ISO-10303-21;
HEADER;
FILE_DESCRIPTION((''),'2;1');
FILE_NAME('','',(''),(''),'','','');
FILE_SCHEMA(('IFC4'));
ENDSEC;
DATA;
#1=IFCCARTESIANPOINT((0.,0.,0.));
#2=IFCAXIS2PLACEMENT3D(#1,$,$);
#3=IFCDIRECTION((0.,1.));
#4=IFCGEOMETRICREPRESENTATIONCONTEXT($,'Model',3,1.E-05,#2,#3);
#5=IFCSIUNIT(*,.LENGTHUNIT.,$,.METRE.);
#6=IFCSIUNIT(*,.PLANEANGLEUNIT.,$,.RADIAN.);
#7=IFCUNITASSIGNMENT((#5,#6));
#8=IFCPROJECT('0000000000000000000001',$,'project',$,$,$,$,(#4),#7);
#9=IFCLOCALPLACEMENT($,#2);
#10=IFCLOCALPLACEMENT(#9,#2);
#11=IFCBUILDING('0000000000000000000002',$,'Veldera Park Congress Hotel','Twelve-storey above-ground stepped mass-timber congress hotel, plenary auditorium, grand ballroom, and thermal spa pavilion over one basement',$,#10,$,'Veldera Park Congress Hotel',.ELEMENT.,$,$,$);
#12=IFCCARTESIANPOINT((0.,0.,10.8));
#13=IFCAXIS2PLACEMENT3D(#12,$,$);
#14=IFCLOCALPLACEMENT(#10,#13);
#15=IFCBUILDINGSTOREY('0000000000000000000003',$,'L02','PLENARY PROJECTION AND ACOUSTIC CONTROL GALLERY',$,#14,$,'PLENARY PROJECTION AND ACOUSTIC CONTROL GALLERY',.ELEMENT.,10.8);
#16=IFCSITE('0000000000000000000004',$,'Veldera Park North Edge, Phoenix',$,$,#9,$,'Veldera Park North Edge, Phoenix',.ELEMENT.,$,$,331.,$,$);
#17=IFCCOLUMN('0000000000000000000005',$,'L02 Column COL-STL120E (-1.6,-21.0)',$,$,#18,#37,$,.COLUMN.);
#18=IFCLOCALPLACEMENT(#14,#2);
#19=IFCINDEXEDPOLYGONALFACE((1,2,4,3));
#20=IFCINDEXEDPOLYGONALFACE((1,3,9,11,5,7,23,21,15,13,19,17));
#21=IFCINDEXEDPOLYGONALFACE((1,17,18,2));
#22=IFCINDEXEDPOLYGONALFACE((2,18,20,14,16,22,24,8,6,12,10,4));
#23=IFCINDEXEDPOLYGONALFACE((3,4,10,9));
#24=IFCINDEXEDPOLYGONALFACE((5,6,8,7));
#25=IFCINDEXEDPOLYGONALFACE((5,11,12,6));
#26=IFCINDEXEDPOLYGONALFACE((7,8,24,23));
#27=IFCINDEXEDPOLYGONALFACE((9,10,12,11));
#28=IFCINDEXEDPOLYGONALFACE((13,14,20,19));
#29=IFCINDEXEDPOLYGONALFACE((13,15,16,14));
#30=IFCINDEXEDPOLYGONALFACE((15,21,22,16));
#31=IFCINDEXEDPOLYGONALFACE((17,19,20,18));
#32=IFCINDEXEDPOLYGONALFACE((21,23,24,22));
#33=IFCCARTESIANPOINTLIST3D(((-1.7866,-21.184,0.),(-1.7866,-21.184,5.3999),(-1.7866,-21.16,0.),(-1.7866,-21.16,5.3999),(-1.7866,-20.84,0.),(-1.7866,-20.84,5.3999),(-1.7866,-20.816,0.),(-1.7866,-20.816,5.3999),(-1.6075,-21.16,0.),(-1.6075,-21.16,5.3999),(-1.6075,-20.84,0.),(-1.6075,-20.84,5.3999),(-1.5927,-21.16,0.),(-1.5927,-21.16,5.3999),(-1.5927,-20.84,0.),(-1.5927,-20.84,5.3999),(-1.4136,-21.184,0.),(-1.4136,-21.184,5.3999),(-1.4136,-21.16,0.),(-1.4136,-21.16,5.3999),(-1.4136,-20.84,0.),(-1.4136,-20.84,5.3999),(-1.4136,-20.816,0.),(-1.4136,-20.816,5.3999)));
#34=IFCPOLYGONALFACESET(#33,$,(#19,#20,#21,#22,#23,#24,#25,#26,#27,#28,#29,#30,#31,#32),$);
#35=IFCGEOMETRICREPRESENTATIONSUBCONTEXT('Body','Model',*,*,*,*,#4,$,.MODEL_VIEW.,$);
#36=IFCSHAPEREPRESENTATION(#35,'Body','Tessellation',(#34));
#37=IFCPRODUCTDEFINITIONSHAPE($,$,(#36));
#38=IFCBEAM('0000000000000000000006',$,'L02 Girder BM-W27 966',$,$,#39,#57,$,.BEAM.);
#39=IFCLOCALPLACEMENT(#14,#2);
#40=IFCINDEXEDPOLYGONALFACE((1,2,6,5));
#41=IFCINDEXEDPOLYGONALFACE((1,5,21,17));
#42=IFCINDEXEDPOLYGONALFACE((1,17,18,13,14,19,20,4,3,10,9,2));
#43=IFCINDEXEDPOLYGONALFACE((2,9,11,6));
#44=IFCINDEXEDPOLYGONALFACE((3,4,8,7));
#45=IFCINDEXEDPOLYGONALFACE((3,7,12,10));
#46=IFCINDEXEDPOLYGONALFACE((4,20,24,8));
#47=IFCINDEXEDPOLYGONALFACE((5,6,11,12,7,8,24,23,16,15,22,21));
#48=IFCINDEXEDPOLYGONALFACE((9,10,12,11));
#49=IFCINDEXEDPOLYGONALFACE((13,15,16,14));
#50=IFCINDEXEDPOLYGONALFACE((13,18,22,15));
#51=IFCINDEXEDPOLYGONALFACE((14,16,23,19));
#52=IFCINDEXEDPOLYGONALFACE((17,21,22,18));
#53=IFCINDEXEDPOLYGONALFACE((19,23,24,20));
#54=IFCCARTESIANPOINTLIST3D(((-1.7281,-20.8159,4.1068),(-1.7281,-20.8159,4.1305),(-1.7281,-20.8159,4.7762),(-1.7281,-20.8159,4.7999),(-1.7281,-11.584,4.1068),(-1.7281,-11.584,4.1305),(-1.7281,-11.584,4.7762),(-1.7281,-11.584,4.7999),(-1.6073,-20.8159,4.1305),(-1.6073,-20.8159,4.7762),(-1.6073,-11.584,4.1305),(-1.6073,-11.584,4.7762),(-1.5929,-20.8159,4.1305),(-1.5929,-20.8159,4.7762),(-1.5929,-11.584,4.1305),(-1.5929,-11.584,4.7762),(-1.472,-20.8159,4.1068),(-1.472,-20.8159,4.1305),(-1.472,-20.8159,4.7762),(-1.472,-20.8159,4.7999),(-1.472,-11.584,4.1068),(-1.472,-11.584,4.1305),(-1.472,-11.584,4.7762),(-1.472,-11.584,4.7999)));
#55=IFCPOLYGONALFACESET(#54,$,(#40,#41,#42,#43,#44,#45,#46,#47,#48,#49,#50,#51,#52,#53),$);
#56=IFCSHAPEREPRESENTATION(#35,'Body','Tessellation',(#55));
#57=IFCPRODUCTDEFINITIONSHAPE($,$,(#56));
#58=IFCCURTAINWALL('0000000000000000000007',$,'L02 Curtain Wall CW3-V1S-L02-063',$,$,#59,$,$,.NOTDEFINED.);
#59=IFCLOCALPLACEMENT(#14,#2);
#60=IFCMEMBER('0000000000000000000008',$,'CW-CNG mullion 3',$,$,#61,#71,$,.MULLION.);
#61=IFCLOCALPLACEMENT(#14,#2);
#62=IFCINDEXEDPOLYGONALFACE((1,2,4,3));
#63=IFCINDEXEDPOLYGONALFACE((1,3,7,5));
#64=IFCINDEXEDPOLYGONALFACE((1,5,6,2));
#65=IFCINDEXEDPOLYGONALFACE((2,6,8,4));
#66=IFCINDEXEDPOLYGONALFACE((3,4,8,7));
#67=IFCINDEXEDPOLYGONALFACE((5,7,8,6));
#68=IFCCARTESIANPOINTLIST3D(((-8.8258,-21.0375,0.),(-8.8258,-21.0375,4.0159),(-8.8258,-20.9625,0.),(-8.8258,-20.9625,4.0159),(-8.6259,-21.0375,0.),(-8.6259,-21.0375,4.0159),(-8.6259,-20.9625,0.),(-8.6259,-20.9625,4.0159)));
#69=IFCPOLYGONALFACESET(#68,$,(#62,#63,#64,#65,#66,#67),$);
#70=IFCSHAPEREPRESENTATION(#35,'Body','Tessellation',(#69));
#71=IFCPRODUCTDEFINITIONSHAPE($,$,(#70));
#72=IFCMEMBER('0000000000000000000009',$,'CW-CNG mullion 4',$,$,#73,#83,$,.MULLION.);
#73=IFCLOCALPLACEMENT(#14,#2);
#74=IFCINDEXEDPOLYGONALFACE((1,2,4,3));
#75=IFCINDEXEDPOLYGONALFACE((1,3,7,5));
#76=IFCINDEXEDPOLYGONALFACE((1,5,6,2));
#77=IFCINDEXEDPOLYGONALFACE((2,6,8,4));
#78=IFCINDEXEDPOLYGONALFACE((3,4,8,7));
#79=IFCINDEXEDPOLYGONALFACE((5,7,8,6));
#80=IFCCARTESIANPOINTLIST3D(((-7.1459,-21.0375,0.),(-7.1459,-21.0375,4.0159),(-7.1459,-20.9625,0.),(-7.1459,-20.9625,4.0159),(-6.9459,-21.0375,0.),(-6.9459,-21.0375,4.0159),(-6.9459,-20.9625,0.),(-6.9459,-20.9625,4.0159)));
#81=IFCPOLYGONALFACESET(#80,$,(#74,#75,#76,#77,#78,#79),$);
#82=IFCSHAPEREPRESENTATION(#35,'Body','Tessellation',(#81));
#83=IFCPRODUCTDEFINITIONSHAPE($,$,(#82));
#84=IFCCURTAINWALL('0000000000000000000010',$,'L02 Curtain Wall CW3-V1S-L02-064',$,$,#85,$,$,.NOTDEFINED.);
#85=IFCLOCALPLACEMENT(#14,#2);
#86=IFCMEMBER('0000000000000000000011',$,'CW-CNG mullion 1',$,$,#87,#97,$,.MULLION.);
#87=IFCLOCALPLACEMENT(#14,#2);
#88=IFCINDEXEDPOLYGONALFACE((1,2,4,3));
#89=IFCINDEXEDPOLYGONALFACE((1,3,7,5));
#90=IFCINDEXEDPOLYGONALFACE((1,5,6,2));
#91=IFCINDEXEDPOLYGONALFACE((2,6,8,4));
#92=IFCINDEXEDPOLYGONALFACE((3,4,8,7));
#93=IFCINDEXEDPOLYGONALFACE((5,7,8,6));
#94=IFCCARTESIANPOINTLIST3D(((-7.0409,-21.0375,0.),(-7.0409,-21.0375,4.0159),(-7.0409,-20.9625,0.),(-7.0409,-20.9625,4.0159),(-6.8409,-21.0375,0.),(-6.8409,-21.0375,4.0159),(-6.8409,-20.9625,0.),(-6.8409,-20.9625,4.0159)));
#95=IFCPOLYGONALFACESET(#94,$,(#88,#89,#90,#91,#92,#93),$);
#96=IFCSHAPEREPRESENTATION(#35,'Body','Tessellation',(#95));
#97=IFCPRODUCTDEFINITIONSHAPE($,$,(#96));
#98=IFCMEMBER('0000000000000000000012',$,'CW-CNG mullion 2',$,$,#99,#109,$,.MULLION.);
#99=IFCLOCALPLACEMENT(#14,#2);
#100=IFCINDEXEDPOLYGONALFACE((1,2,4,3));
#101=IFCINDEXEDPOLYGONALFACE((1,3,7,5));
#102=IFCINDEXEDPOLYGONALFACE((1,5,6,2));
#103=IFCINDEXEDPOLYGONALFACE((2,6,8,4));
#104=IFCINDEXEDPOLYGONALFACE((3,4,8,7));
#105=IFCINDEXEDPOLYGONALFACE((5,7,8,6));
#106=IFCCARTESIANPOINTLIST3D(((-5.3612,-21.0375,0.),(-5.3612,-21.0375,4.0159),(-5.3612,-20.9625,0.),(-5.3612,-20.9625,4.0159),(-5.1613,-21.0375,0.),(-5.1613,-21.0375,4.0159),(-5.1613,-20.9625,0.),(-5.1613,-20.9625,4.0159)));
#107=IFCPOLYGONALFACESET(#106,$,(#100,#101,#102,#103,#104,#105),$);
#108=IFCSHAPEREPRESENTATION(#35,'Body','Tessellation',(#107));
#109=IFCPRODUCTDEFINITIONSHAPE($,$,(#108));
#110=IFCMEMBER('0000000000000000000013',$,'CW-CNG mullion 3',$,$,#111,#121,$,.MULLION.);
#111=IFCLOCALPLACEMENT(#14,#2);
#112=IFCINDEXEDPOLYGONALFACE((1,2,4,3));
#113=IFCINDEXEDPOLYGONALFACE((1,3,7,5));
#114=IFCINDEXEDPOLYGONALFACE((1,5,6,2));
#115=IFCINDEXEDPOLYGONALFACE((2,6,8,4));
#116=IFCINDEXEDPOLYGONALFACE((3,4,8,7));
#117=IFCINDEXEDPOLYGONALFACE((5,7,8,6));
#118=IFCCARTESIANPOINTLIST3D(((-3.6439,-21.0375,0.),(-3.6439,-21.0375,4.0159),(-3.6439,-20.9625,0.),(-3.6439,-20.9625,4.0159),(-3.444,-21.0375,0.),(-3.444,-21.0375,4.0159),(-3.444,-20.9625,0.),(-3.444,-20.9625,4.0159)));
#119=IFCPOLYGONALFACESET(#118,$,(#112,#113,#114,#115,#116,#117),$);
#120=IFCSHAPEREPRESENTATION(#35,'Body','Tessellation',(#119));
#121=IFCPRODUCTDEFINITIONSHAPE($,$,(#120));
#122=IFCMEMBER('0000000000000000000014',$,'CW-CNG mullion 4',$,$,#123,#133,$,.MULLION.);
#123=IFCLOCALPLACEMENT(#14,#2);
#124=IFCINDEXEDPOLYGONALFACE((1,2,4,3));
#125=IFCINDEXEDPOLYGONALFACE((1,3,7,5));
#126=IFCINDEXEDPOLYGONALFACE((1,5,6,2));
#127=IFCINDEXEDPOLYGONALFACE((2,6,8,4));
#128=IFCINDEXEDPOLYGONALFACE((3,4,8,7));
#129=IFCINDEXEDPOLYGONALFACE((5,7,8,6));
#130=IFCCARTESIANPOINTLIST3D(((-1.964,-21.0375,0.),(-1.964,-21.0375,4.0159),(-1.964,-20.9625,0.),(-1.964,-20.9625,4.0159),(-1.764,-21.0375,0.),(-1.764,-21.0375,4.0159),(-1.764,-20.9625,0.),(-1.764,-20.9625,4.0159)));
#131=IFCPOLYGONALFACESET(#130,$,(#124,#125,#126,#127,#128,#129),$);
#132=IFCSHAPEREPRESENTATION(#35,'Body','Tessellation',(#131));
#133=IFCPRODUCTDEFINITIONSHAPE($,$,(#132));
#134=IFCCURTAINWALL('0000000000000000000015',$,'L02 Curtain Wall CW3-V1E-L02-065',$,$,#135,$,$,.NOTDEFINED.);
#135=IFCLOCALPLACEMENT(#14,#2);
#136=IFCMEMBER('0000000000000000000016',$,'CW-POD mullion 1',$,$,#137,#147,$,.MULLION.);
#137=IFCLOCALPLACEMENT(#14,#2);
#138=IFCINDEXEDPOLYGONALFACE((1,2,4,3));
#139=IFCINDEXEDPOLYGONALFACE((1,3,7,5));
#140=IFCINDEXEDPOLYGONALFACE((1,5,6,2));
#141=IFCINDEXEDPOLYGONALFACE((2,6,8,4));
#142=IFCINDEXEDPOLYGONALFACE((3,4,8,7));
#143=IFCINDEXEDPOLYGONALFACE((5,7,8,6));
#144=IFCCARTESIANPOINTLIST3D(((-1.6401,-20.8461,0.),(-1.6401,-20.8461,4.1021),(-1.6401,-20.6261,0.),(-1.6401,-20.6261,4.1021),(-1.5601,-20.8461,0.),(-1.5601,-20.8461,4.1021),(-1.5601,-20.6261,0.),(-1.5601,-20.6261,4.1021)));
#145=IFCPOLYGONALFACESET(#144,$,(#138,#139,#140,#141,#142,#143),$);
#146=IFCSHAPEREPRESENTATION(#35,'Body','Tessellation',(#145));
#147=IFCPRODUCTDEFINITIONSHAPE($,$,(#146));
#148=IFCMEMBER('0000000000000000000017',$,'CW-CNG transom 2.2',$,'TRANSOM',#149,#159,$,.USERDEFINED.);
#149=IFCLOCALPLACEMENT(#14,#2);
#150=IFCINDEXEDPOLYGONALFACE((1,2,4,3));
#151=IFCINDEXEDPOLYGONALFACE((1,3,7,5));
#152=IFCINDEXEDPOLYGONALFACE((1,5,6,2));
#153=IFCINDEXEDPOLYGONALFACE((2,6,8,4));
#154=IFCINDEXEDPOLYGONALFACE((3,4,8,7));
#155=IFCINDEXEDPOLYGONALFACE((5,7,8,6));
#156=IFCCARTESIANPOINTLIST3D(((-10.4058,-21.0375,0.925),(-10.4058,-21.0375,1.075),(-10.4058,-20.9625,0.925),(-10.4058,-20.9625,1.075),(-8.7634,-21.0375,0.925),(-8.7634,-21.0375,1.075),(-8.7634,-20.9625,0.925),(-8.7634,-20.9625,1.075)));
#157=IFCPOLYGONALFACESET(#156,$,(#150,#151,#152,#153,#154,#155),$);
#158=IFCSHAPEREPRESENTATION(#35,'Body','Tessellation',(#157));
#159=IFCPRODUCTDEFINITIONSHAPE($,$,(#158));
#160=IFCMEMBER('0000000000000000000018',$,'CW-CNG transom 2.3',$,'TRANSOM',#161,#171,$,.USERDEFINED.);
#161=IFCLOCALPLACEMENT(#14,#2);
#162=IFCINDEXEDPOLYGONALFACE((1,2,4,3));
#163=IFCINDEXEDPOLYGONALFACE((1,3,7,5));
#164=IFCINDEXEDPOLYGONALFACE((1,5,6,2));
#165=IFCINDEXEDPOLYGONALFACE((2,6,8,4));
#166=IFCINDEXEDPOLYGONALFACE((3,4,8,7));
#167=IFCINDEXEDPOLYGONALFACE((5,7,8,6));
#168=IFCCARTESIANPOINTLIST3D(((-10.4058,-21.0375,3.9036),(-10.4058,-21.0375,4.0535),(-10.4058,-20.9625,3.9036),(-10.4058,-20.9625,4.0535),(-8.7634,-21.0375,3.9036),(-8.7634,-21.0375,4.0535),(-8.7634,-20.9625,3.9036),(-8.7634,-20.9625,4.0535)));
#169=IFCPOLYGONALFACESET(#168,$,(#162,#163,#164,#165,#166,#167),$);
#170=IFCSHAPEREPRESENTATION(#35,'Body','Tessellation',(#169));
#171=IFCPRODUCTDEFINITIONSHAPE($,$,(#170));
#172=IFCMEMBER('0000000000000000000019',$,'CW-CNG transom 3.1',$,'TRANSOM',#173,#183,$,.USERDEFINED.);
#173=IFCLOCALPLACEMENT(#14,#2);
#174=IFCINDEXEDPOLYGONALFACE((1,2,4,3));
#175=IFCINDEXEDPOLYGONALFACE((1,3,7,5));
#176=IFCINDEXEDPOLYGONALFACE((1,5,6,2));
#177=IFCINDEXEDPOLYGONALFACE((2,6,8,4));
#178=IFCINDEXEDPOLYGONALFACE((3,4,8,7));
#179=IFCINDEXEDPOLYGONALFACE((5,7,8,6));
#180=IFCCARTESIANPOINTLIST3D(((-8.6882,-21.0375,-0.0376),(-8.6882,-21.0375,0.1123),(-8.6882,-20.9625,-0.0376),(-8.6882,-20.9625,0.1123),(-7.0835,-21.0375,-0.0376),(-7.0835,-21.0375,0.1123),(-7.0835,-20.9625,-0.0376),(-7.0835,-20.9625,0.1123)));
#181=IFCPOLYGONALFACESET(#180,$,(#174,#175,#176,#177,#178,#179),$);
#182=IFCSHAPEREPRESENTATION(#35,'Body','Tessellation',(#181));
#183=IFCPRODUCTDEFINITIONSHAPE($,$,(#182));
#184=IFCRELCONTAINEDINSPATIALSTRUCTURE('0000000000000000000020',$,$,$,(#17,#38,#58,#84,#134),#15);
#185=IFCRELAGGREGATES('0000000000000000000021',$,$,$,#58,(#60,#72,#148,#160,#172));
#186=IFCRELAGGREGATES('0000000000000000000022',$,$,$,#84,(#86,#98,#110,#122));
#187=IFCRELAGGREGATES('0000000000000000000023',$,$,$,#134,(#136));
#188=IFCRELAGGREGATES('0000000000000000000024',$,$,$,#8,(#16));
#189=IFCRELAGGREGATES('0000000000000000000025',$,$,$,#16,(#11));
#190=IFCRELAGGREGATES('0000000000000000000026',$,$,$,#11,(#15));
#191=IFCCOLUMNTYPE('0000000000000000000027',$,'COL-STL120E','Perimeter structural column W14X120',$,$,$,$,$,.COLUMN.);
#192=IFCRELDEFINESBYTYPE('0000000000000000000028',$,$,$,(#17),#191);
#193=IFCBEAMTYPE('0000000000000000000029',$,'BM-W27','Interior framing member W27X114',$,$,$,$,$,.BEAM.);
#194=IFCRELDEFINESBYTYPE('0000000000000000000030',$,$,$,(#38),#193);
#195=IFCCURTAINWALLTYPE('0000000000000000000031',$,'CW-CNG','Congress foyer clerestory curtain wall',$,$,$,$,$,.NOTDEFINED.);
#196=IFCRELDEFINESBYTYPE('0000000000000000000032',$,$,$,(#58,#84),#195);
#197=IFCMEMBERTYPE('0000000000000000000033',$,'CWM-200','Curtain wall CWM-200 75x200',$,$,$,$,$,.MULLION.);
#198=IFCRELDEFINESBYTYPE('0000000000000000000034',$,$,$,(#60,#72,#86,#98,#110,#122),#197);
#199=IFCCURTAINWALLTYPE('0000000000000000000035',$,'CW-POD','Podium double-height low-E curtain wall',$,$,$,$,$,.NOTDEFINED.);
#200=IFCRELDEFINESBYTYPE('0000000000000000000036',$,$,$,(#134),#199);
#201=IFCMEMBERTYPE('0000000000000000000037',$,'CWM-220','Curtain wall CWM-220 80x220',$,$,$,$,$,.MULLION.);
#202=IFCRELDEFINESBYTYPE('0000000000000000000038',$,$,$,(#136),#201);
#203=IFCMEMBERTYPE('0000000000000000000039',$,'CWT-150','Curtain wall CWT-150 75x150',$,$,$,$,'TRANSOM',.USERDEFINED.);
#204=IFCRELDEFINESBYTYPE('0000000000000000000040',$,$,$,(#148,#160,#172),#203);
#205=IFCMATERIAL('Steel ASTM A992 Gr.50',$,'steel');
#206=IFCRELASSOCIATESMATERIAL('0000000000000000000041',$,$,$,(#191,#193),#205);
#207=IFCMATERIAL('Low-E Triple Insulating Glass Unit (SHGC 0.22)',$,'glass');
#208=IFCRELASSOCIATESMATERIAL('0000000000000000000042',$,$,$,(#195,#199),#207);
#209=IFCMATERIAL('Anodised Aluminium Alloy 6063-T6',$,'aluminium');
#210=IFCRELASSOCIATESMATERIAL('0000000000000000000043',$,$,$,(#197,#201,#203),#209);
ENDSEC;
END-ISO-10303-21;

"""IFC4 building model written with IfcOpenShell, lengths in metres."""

from ifc_helpers import new_model, si_unit, direction, frame, origin, origin_2d, place, context, subcontext, project, spatial, rectangle, i_section, extrude, material, material_profile, profile_set, type_object, element, aggregate, save


model = new_model("IFC4")

# Units and contexts
model_context = context("Model", 3, precision=1e-05, world=origin(), true_north=direction((0.0, 1.0)))
body_context = subcontext(model_context, "Body", "Model", "MODEL_VIEW")
ifc_project = project(units=[si_unit("LENGTHUNIT", "METRE"), si_unit("PLANEANGLEUNIT", "RADIAN")], contexts=[model_context])

# Site, building, storey
site_placement = place(None, origin())
site = spatial("IfcSite", under=ifc_project, at=site_placement, Name="Veldera Park North Edge, Phoenix", LongName="Veldera Park North Edge, Phoenix", CompositionType="ELEMENT", RefElevation=331.0)
building_placement = place(site_placement, origin())
building = spatial("IfcBuilding", under=site, at=building_placement, Name="Veldera Park Congress Hotel", Description="Twelve-storey above-ground stepped mass-timber congress hotel, plenary auditorium, grand ballroom, and thermal spa pavilion over one basement", LongName="Veldera Park Congress Hotel", CompositionType="ELEMENT")
storey_placement = place(building_placement, frame((0.0, 0.0, 10.8)))
storey = spatial("IfcBuildingStorey", under=building, at=storey_placement, Name="L02", Description="PLENARY PROJECTION AND ACOUSTIC CONTROL GALLERY", LongName="PLENARY PROJECTION AND ACOUSTIC CONTROL GALLERY", CompositionType="ELEMENT", Elevation=10.8)

# Column
ifc_material_1 = material(Name="Steel ASTM A992 Gr.50", Category="steel")
ifc_material_profile_1 = material_profile(ifc_material_1, i_section(OverallWidth=0.373, OverallDepth=0.3679, WebThickness=0.0149, FlangeThickness=0.0239, at=origin_2d()), Name="W14X120")
ifc_profile_set_1 = profile_set([ifc_material_profile_1], Name="Steel ASTM A992 Gr.50")
column_type = type_object("IfcColumnType", Name="COL-STL120E", Description="Perimeter structural column W14X120", PredefinedType="COLUMN", material=ifc_profile_set_1)
column_placement = place(storey_placement, frame((-1.6001, -21.0, 0.0), z_axis=(0.0, 0.0, 1.0), x_axis=(1.0, 0.0, 0.0)))
element("IfcColumn", 1, at=column_placement, inside=storey, type_object=column_type, Name="L02 Column COL-STL120E (-1.6,-21.0)", PredefinedType="COLUMN", context=body_context, shape_type="SweptSolid", body=[
    extrude(i_section(OverallWidth=0.373, OverallDepth=0.3679, WebThickness=0.0149, FlangeThickness=0.0239, at=origin_2d()), origin(), (0.0, 0.0, 1.0), 5.3999),
])

# Beam
ifc_material_profile_2 = material_profile(ifc_material_1, i_section(OverallWidth=0.2561, OverallDepth=0.6931, WebThickness=0.0144, FlangeThickness=0.0237, at=origin_2d()), Name="W27X114")
ifc_profile_set_2 = profile_set([ifc_material_profile_2], Name="Steel ASTM A992 Gr.50")
beam_type = type_object("IfcBeamType", Name="BM-W27", Description="Interior framing member W27X114", PredefinedType="BEAM", material=ifc_profile_set_2)
beam_placement = place(storey_placement, frame((-1.6001, -20.8159, 4.4534), z_axis=(0.0, 1.0, 0.0), x_axis=(-1.0, 0.0, 0.0)))
element("IfcBeam", 2, at=beam_placement, inside=storey, type_object=beam_type, Name="L02 Girder BM-W27 966", PredefinedType="BEAM", context=body_context, shape_type="SweptSolid", body=[
    extrude(i_section(OverallWidth=0.2561, OverallDepth=0.6931, WebThickness=0.0144, FlangeThickness=0.0237, at=origin_2d()), origin(), (0.0, 0.0, 1.0), 9.2319),
])

# Curtain walls, members
ifc_material_2 = material(Name="Low-E Triple Insulating Glass Unit (SHGC 0.22)", Category="glass")
curtain_wall_type_1 = type_object("IfcCurtainWallType", Name="CW-CNG", Description="Congress foyer clerestory curtain wall", PredefinedType="NOTDEFINED", material=ifc_material_2)
curtain_wall_1_placement = place(storey_placement, origin())
curtain_wall_1 = element("IfcCurtainWall", 3, at=curtain_wall_1_placement, inside=storey, type_object=curtain_wall_type_1, Name="L02 Curtain Wall CW3-V1S-L02-063", PredefinedType="NOTDEFINED")
ifc_material_3 = material(Name="Anodised Aluminium Alloy 6063-T6", Category="aluminium")
ifc_material_profile_3 = material_profile(ifc_material_3, rectangle(XDim=0.075, YDim=0.2, at=origin_2d()), Name="ALU 75x200")
ifc_profile_set_3 = profile_set([ifc_material_profile_3], Name="Anodised Aluminium Alloy 6063-T6")
member_type_1 = type_object("IfcMemberType", Name="CWM-200", Description="Curtain wall CWM-200 75x200", PredefinedType="MULLION", material=ifc_profile_set_3)
member_1_placement = place(storey_placement, frame((-8.7258, -21.0, 0.0), z_axis=(0.0, 0.0, 1.0), x_axis=(0.0, 1.0, 0.0)))
member_1 = element("IfcMember", 4, at=member_1_placement, type_object=member_type_1, Name="CW-CNG mullion 3", PredefinedType="MULLION", context=body_context, shape_type="SweptSolid", body=[
    extrude(rectangle(XDim=0.075, YDim=0.2, at=origin_2d()), origin(), (0.0, 0.0, 1.0), 4.0159),
])
member_2_placement = place(storey_placement, frame((-7.0459, -21.0, 0.0), z_axis=(0.0, 0.0, 1.0), x_axis=(0.0, 1.0, 0.0)))
member_2 = element("IfcMember", 5, at=member_2_placement, type_object=member_type_1, Name="CW-CNG mullion 4", PredefinedType="MULLION", context=body_context, shape_type="SweptSolid", body=[
    extrude(rectangle(XDim=0.075, YDim=0.2, at=origin_2d()), origin(), (0.0, 0.0, 1.0), 4.0159),
])
curtain_wall_2_placement = place(storey_placement, origin())
curtain_wall_2 = element("IfcCurtainWall", 6, at=curtain_wall_2_placement, inside=storey, type_object=curtain_wall_type_1, Name="L02 Curtain Wall CW3-V1S-L02-064", PredefinedType="NOTDEFINED")
member_3_placement = place(storey_placement, frame((-6.9409, -21.0, 0.0), z_axis=(0.0, 0.0, 1.0), x_axis=(0.0, 1.0, 0.0)))
member_3 = element("IfcMember", 7, at=member_3_placement, type_object=member_type_1, Name="CW-CNG mullion 1", PredefinedType="MULLION", context=body_context, shape_type="SweptSolid", body=[
    extrude(rectangle(XDim=0.075, YDim=0.2, at=origin_2d()), origin(), (0.0, 0.0, 1.0), 4.0159),
])
member_4_placement = place(storey_placement, frame((-5.2612, -21.0, 0.0), z_axis=(0.0, 0.0, 1.0), x_axis=(0.0, 1.0, 0.0)))
member_4 = element("IfcMember", 8, at=member_4_placement, type_object=member_type_1, Name="CW-CNG mullion 2", PredefinedType="MULLION", context=body_context, shape_type="SweptSolid", body=[
    extrude(rectangle(XDim=0.075, YDim=0.2, at=origin_2d()), origin(), (0.0, 0.0, 1.0), 4.0159),
])
member_5_placement = place(storey_placement, frame((-3.5439, -21.0, 0.0), z_axis=(0.0, 0.0, 1.0), x_axis=(0.0, 1.0, 0.0)))
member_5 = element("IfcMember", 9, at=member_5_placement, type_object=member_type_1, Name="CW-CNG mullion 3", PredefinedType="MULLION", context=body_context, shape_type="SweptSolid", body=[
    extrude(rectangle(XDim=0.075, YDim=0.2, at=origin_2d()), origin(), (0.0, 0.0, 1.0), 4.0159),
])
member_6_placement = place(storey_placement, frame((-1.864, -21.0, 0.0), z_axis=(0.0, 0.0, 1.0), x_axis=(0.0, 1.0, 0.0)))
member_6 = element("IfcMember", 10, at=member_6_placement, type_object=member_type_1, Name="CW-CNG mullion 4", PredefinedType="MULLION", context=body_context, shape_type="SweptSolid", body=[
    extrude(rectangle(XDim=0.075, YDim=0.2, at=origin_2d()), origin(), (0.0, 0.0, 1.0), 4.0159),
])

# Curtain wall, member
curtain_wall_type_2 = type_object("IfcCurtainWallType", Name="CW-POD", Description="Podium double-height low-E curtain wall", PredefinedType="NOTDEFINED", material=ifc_material_2)
curtain_wall_3_placement = place(storey_placement, origin())
curtain_wall_3 = element("IfcCurtainWall", 11, at=curtain_wall_3_placement, inside=storey, type_object=curtain_wall_type_2, Name="L02 Curtain Wall CW3-V1E-L02-065", PredefinedType="NOTDEFINED")
ifc_material_profile_4 = material_profile(ifc_material_3, rectangle(XDim=0.0801, YDim=0.22, at=origin_2d()), Name="ALU 80x220")
ifc_profile_set_4 = profile_set([ifc_material_profile_4], Name="Anodised Aluminium Alloy 6063-T6")
member_type_2 = type_object("IfcMemberType", Name="CWM-220", Description="Curtain wall CWM-220 80x220", PredefinedType="MULLION", material=ifc_profile_set_4)
member_7_placement = place(storey_placement, frame((-1.6001, -20.7361, 0.0), z_axis=(0.0, 0.0, 1.0), x_axis=(-1.0, 0.0, 0.0)))
member_7 = element("IfcMember", 12, at=member_7_placement, type_object=member_type_2, Name="CW-POD mullion 1", PredefinedType="MULLION", context=body_context, shape_type="SweptSolid", body=[
    extrude(rectangle(XDim=0.0801, YDim=0.22, at=origin_2d()), origin(), (0.0, 0.0, 1.0), 4.1021),
])

# Members
ifc_material_profile_5 = material_profile(ifc_material_3, rectangle(XDim=0.075, YDim=0.1499, at=origin_2d()), Name="ALU 75x150")
ifc_profile_set_5 = profile_set([ifc_material_profile_5], Name="Anodised Aluminium Alloy 6063-T6")
member_type_3 = type_object("IfcMemberType", Name="CWT-150", Description="Curtain wall CWT-150 75x150", ElementType="TRANSOM", PredefinedType="USERDEFINED", material=ifc_profile_set_5)
member_8_placement = place(storey_placement, frame((-10.4058, -21.0, 1.0), z_axis=(1.0, 0.0, 0.0), x_axis=(0.0, 1.0, 0.0)))
member_8 = element("IfcMember", 13, at=member_8_placement, type_object=member_type_3, Name="CW-CNG transom 2.2", ObjectType="TRANSOM", PredefinedType="USERDEFINED", context=body_context, shape_type="SweptSolid", body=[
    extrude(rectangle(XDim=0.075, YDim=0.1499, at=origin_2d()), origin(), (0.0, 0.0, 1.0), 1.6423),
])
member_9_placement = place(storey_placement, frame((-10.4058, -21.0, 3.9785), z_axis=(1.0, 0.0, 0.0), x_axis=(0.0, 1.0, 0.0)))
member_9 = element("IfcMember", 14, at=member_9_placement, type_object=member_type_3, Name="CW-CNG transom 2.3", ObjectType="TRANSOM", PredefinedType="USERDEFINED", context=body_context, shape_type="SweptSolid", body=[
    extrude(rectangle(XDim=0.075, YDim=0.1499, at=origin_2d()), origin(), (0.0, 0.0, 1.0), 1.6423),
])
member_10_placement = place(storey_placement, frame((-8.6882, -21.0, 0.0374), z_axis=(1.0, 0.0, 0.0), x_axis=(0.0, 1.0, 0.0)))
member_10 = element("IfcMember", 15, at=member_10_placement, type_object=member_type_3, Name="CW-CNG transom 3.1", ObjectType="TRANSOM", PredefinedType="USERDEFINED", context=body_context, shape_type="SweptSolid", body=[
    extrude(rectangle(XDim=0.075, YDim=0.1499, at=origin_2d()), origin(), (0.0, 0.0, 1.0), 1.6047),
])

aggregate(curtain_wall_1, [member_1, member_2, member_8, member_9, member_10])
aggregate(curtain_wall_2, [member_3, member_4, member_5, member_6])
aggregate(curtain_wall_3, [member_7])

save(model, "model.ifc")
